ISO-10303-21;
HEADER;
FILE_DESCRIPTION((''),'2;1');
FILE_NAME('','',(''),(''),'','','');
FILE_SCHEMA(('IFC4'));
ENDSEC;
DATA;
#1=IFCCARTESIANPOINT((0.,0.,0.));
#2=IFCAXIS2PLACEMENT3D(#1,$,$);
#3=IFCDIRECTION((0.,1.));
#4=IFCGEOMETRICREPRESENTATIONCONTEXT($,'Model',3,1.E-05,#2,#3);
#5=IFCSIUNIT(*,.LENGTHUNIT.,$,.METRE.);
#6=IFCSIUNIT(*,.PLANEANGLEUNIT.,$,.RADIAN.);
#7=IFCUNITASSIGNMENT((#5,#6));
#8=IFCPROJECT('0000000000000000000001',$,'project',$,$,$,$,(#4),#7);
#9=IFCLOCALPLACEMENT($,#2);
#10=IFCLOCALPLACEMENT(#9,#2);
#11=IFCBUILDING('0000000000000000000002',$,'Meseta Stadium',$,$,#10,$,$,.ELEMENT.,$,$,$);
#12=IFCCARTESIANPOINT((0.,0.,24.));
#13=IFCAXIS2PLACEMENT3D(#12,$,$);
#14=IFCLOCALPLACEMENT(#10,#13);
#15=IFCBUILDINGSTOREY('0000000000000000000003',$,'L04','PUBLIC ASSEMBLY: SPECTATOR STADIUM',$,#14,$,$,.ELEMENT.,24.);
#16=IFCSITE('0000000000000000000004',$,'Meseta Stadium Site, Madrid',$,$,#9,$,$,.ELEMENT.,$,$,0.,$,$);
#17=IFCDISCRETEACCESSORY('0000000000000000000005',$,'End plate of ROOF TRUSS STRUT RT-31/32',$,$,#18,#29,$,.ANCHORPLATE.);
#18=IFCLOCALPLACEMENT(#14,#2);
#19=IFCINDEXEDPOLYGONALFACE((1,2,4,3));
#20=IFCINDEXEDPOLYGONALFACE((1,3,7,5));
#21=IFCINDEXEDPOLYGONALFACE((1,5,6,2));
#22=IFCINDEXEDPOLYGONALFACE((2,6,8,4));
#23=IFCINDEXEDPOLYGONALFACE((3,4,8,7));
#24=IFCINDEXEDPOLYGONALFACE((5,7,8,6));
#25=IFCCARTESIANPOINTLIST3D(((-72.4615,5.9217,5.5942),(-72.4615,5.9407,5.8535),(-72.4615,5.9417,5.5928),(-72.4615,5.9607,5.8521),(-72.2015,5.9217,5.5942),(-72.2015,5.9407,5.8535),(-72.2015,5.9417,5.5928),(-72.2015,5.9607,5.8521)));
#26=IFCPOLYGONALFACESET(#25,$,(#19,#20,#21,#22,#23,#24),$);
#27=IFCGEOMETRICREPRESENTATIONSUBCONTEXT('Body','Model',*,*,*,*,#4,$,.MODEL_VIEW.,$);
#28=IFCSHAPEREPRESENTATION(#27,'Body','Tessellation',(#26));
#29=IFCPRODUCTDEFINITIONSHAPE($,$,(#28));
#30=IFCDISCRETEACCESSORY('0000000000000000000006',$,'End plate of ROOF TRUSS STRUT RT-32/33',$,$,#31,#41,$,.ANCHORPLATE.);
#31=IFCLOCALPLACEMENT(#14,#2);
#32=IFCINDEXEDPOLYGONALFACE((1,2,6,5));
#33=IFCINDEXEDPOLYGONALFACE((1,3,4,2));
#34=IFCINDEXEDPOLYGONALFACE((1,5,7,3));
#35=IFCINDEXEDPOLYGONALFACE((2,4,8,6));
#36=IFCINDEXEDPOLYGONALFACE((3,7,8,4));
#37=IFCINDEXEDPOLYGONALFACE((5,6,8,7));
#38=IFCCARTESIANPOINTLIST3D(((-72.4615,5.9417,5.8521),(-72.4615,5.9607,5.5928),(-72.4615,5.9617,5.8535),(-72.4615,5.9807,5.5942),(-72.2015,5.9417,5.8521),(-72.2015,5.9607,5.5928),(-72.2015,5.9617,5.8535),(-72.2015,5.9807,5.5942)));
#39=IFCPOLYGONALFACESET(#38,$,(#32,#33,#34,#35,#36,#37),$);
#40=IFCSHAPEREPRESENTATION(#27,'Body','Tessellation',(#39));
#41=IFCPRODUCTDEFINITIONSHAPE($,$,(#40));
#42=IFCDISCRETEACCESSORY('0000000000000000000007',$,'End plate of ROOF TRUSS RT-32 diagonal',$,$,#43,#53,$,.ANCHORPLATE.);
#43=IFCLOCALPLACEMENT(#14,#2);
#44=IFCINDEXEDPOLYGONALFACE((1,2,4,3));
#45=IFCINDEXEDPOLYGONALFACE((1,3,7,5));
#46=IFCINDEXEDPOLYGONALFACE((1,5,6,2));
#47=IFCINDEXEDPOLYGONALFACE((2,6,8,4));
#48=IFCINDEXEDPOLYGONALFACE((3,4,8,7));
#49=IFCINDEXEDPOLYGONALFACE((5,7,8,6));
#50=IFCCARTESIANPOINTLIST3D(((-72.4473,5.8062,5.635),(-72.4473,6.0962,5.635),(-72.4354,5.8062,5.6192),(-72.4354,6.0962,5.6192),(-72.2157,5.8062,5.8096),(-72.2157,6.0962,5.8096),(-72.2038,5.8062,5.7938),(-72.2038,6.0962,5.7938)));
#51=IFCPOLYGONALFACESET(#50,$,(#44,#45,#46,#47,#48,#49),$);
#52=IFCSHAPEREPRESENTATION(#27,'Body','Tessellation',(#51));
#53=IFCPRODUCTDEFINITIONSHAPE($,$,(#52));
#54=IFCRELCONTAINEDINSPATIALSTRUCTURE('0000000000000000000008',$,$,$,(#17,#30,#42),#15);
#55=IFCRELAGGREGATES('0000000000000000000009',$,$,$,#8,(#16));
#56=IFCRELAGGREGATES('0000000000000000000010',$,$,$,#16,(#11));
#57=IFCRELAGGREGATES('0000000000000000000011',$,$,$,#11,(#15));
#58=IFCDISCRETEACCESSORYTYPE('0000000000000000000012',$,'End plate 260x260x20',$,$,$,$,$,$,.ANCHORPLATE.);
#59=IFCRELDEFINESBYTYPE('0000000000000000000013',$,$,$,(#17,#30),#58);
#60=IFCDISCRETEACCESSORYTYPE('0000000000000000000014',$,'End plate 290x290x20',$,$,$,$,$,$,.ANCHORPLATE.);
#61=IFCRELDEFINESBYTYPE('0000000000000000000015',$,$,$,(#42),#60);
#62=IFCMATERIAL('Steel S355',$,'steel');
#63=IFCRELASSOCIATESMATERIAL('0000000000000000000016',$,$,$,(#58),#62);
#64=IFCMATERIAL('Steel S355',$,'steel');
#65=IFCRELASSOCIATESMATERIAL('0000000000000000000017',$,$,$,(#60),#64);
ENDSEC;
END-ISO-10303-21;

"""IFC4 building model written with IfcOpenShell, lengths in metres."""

from ifc_helpers import new_model, si_unit, direction, frame, origin, origin_2d, place, context, subcontext, project, spatial, rectangle, extrude, material, material_profile, profile_set, type_object, element, save


model = new_model("IFC4")

# Units and contexts
model_context = context("Model", 3, precision=1e-05, world=origin(), true_north=direction((0.0, 1.0)))
body_context = subcontext(model_context, "Body", "Model", "MODEL_VIEW")
ifc_project = project(units=[si_unit("LENGTHUNIT", "METRE"), si_unit("PLANEANGLEUNIT", "RADIAN")], contexts=[model_context])

# Site, building, storey
site_placement = place(None, origin())
site = spatial("IfcSite", under=ifc_project, at=site_placement, Name="Meseta Stadium Site, Madrid", CompositionType="ELEMENT", RefElevation=0.0)
building_placement = place(site_placement, origin())
building = spatial("IfcBuilding", under=site, at=building_placement, Name="Meseta Stadium", CompositionType="ELEMENT")
storey_placement = place(building_placement, frame((0.0, 0.0, 24.0)))
storey = spatial("IfcBuildingStorey", under=building, at=storey_placement, Name="L04", Description="PUBLIC ASSEMBLY: SPECTATOR STADIUM", CompositionType="ELEMENT", Elevation=24.0)

# Discrete accessories
ifc_material_1 = material(Name="Steel S355", Category="steel")
ifc_material_profile_1 = material_profile(ifc_material_1, rectangle(XDim=0.26, YDim=0.26, at=origin_2d()), Name="PL 260x260")
ifc_profile_set_1 = profile_set([ifc_material_profile_1], Name="Steel S355")
discrete_accessory_type_1 = type_object("IfcDiscreteAccessoryType", Name="End plate 260x260x20", PredefinedType="ANCHORPLATE", material=ifc_profile_set_1)
for number, where, z_axis, x_axis, name in (
    (1, (-72.3315, 5.9512, 5.7224), (0.0, -0.997334, 0.072976), (1.0, 0.0, 0.0), "End plate of ROOF TRUSS STRUT RT-31/32"),
    (2, (-72.3315, 5.9712, 5.7239), (0.0, -0.997334, -0.072976), (1.0, 0.0, 0.0), "End plate of ROOF TRUSS STRUT RT-32/33"),
):
    element("IfcDiscreteAccessory", number, at=place(storey_placement, frame(where, z_axis=z_axis, x_axis=x_axis)), inside=storey, type_object=discrete_accessory_type_1, Name=name, PredefinedType="ANCHORPLATE", context=body_context, shape_type="SweptSolid", body=[
        extrude(rectangle(XDim=0.26, YDim=0.26, at=origin_2d()), origin(), (0.0, 0.0, 1.0), 0.02),
    ])
ifc_material_2 = material(Name="Steel S355", Category="steel")
ifc_material_profile_2 = material_profile(ifc_material_2, rectangle(XDim=0.29, YDim=0.29, at=origin_2d()), Name="PL 290x290")
ifc_profile_set_2 = profile_set([ifc_material_profile_2], Name="Steel S355")
discrete_accessory_type_2 = type_object("IfcDiscreteAccessoryType", Name="End plate 290x290x20", PredefinedType="ANCHORPLATE", material=ifc_profile_set_2)
discrete_accessory_1_placement = place(storey_placement, frame((-72.3196, 5.9512, 5.7065), z_axis=(-0.601964, 0.0, 0.798523), x_axis=(0.0, -1.0, 0.0)))
element("IfcDiscreteAccessory", 3, at=discrete_accessory_1_placement, inside=storey, type_object=discrete_accessory_type_2, Name="End plate of ROOF TRUSS RT-32 diagonal", PredefinedType="ANCHORPLATE", context=body_context, shape_type="SweptSolid", body=[
    extrude(rectangle(XDim=0.29, YDim=0.29, at=origin_2d()), origin(), (0.0, 0.0, 1.0), 0.0198),
])

save(model, "model.ifc")
